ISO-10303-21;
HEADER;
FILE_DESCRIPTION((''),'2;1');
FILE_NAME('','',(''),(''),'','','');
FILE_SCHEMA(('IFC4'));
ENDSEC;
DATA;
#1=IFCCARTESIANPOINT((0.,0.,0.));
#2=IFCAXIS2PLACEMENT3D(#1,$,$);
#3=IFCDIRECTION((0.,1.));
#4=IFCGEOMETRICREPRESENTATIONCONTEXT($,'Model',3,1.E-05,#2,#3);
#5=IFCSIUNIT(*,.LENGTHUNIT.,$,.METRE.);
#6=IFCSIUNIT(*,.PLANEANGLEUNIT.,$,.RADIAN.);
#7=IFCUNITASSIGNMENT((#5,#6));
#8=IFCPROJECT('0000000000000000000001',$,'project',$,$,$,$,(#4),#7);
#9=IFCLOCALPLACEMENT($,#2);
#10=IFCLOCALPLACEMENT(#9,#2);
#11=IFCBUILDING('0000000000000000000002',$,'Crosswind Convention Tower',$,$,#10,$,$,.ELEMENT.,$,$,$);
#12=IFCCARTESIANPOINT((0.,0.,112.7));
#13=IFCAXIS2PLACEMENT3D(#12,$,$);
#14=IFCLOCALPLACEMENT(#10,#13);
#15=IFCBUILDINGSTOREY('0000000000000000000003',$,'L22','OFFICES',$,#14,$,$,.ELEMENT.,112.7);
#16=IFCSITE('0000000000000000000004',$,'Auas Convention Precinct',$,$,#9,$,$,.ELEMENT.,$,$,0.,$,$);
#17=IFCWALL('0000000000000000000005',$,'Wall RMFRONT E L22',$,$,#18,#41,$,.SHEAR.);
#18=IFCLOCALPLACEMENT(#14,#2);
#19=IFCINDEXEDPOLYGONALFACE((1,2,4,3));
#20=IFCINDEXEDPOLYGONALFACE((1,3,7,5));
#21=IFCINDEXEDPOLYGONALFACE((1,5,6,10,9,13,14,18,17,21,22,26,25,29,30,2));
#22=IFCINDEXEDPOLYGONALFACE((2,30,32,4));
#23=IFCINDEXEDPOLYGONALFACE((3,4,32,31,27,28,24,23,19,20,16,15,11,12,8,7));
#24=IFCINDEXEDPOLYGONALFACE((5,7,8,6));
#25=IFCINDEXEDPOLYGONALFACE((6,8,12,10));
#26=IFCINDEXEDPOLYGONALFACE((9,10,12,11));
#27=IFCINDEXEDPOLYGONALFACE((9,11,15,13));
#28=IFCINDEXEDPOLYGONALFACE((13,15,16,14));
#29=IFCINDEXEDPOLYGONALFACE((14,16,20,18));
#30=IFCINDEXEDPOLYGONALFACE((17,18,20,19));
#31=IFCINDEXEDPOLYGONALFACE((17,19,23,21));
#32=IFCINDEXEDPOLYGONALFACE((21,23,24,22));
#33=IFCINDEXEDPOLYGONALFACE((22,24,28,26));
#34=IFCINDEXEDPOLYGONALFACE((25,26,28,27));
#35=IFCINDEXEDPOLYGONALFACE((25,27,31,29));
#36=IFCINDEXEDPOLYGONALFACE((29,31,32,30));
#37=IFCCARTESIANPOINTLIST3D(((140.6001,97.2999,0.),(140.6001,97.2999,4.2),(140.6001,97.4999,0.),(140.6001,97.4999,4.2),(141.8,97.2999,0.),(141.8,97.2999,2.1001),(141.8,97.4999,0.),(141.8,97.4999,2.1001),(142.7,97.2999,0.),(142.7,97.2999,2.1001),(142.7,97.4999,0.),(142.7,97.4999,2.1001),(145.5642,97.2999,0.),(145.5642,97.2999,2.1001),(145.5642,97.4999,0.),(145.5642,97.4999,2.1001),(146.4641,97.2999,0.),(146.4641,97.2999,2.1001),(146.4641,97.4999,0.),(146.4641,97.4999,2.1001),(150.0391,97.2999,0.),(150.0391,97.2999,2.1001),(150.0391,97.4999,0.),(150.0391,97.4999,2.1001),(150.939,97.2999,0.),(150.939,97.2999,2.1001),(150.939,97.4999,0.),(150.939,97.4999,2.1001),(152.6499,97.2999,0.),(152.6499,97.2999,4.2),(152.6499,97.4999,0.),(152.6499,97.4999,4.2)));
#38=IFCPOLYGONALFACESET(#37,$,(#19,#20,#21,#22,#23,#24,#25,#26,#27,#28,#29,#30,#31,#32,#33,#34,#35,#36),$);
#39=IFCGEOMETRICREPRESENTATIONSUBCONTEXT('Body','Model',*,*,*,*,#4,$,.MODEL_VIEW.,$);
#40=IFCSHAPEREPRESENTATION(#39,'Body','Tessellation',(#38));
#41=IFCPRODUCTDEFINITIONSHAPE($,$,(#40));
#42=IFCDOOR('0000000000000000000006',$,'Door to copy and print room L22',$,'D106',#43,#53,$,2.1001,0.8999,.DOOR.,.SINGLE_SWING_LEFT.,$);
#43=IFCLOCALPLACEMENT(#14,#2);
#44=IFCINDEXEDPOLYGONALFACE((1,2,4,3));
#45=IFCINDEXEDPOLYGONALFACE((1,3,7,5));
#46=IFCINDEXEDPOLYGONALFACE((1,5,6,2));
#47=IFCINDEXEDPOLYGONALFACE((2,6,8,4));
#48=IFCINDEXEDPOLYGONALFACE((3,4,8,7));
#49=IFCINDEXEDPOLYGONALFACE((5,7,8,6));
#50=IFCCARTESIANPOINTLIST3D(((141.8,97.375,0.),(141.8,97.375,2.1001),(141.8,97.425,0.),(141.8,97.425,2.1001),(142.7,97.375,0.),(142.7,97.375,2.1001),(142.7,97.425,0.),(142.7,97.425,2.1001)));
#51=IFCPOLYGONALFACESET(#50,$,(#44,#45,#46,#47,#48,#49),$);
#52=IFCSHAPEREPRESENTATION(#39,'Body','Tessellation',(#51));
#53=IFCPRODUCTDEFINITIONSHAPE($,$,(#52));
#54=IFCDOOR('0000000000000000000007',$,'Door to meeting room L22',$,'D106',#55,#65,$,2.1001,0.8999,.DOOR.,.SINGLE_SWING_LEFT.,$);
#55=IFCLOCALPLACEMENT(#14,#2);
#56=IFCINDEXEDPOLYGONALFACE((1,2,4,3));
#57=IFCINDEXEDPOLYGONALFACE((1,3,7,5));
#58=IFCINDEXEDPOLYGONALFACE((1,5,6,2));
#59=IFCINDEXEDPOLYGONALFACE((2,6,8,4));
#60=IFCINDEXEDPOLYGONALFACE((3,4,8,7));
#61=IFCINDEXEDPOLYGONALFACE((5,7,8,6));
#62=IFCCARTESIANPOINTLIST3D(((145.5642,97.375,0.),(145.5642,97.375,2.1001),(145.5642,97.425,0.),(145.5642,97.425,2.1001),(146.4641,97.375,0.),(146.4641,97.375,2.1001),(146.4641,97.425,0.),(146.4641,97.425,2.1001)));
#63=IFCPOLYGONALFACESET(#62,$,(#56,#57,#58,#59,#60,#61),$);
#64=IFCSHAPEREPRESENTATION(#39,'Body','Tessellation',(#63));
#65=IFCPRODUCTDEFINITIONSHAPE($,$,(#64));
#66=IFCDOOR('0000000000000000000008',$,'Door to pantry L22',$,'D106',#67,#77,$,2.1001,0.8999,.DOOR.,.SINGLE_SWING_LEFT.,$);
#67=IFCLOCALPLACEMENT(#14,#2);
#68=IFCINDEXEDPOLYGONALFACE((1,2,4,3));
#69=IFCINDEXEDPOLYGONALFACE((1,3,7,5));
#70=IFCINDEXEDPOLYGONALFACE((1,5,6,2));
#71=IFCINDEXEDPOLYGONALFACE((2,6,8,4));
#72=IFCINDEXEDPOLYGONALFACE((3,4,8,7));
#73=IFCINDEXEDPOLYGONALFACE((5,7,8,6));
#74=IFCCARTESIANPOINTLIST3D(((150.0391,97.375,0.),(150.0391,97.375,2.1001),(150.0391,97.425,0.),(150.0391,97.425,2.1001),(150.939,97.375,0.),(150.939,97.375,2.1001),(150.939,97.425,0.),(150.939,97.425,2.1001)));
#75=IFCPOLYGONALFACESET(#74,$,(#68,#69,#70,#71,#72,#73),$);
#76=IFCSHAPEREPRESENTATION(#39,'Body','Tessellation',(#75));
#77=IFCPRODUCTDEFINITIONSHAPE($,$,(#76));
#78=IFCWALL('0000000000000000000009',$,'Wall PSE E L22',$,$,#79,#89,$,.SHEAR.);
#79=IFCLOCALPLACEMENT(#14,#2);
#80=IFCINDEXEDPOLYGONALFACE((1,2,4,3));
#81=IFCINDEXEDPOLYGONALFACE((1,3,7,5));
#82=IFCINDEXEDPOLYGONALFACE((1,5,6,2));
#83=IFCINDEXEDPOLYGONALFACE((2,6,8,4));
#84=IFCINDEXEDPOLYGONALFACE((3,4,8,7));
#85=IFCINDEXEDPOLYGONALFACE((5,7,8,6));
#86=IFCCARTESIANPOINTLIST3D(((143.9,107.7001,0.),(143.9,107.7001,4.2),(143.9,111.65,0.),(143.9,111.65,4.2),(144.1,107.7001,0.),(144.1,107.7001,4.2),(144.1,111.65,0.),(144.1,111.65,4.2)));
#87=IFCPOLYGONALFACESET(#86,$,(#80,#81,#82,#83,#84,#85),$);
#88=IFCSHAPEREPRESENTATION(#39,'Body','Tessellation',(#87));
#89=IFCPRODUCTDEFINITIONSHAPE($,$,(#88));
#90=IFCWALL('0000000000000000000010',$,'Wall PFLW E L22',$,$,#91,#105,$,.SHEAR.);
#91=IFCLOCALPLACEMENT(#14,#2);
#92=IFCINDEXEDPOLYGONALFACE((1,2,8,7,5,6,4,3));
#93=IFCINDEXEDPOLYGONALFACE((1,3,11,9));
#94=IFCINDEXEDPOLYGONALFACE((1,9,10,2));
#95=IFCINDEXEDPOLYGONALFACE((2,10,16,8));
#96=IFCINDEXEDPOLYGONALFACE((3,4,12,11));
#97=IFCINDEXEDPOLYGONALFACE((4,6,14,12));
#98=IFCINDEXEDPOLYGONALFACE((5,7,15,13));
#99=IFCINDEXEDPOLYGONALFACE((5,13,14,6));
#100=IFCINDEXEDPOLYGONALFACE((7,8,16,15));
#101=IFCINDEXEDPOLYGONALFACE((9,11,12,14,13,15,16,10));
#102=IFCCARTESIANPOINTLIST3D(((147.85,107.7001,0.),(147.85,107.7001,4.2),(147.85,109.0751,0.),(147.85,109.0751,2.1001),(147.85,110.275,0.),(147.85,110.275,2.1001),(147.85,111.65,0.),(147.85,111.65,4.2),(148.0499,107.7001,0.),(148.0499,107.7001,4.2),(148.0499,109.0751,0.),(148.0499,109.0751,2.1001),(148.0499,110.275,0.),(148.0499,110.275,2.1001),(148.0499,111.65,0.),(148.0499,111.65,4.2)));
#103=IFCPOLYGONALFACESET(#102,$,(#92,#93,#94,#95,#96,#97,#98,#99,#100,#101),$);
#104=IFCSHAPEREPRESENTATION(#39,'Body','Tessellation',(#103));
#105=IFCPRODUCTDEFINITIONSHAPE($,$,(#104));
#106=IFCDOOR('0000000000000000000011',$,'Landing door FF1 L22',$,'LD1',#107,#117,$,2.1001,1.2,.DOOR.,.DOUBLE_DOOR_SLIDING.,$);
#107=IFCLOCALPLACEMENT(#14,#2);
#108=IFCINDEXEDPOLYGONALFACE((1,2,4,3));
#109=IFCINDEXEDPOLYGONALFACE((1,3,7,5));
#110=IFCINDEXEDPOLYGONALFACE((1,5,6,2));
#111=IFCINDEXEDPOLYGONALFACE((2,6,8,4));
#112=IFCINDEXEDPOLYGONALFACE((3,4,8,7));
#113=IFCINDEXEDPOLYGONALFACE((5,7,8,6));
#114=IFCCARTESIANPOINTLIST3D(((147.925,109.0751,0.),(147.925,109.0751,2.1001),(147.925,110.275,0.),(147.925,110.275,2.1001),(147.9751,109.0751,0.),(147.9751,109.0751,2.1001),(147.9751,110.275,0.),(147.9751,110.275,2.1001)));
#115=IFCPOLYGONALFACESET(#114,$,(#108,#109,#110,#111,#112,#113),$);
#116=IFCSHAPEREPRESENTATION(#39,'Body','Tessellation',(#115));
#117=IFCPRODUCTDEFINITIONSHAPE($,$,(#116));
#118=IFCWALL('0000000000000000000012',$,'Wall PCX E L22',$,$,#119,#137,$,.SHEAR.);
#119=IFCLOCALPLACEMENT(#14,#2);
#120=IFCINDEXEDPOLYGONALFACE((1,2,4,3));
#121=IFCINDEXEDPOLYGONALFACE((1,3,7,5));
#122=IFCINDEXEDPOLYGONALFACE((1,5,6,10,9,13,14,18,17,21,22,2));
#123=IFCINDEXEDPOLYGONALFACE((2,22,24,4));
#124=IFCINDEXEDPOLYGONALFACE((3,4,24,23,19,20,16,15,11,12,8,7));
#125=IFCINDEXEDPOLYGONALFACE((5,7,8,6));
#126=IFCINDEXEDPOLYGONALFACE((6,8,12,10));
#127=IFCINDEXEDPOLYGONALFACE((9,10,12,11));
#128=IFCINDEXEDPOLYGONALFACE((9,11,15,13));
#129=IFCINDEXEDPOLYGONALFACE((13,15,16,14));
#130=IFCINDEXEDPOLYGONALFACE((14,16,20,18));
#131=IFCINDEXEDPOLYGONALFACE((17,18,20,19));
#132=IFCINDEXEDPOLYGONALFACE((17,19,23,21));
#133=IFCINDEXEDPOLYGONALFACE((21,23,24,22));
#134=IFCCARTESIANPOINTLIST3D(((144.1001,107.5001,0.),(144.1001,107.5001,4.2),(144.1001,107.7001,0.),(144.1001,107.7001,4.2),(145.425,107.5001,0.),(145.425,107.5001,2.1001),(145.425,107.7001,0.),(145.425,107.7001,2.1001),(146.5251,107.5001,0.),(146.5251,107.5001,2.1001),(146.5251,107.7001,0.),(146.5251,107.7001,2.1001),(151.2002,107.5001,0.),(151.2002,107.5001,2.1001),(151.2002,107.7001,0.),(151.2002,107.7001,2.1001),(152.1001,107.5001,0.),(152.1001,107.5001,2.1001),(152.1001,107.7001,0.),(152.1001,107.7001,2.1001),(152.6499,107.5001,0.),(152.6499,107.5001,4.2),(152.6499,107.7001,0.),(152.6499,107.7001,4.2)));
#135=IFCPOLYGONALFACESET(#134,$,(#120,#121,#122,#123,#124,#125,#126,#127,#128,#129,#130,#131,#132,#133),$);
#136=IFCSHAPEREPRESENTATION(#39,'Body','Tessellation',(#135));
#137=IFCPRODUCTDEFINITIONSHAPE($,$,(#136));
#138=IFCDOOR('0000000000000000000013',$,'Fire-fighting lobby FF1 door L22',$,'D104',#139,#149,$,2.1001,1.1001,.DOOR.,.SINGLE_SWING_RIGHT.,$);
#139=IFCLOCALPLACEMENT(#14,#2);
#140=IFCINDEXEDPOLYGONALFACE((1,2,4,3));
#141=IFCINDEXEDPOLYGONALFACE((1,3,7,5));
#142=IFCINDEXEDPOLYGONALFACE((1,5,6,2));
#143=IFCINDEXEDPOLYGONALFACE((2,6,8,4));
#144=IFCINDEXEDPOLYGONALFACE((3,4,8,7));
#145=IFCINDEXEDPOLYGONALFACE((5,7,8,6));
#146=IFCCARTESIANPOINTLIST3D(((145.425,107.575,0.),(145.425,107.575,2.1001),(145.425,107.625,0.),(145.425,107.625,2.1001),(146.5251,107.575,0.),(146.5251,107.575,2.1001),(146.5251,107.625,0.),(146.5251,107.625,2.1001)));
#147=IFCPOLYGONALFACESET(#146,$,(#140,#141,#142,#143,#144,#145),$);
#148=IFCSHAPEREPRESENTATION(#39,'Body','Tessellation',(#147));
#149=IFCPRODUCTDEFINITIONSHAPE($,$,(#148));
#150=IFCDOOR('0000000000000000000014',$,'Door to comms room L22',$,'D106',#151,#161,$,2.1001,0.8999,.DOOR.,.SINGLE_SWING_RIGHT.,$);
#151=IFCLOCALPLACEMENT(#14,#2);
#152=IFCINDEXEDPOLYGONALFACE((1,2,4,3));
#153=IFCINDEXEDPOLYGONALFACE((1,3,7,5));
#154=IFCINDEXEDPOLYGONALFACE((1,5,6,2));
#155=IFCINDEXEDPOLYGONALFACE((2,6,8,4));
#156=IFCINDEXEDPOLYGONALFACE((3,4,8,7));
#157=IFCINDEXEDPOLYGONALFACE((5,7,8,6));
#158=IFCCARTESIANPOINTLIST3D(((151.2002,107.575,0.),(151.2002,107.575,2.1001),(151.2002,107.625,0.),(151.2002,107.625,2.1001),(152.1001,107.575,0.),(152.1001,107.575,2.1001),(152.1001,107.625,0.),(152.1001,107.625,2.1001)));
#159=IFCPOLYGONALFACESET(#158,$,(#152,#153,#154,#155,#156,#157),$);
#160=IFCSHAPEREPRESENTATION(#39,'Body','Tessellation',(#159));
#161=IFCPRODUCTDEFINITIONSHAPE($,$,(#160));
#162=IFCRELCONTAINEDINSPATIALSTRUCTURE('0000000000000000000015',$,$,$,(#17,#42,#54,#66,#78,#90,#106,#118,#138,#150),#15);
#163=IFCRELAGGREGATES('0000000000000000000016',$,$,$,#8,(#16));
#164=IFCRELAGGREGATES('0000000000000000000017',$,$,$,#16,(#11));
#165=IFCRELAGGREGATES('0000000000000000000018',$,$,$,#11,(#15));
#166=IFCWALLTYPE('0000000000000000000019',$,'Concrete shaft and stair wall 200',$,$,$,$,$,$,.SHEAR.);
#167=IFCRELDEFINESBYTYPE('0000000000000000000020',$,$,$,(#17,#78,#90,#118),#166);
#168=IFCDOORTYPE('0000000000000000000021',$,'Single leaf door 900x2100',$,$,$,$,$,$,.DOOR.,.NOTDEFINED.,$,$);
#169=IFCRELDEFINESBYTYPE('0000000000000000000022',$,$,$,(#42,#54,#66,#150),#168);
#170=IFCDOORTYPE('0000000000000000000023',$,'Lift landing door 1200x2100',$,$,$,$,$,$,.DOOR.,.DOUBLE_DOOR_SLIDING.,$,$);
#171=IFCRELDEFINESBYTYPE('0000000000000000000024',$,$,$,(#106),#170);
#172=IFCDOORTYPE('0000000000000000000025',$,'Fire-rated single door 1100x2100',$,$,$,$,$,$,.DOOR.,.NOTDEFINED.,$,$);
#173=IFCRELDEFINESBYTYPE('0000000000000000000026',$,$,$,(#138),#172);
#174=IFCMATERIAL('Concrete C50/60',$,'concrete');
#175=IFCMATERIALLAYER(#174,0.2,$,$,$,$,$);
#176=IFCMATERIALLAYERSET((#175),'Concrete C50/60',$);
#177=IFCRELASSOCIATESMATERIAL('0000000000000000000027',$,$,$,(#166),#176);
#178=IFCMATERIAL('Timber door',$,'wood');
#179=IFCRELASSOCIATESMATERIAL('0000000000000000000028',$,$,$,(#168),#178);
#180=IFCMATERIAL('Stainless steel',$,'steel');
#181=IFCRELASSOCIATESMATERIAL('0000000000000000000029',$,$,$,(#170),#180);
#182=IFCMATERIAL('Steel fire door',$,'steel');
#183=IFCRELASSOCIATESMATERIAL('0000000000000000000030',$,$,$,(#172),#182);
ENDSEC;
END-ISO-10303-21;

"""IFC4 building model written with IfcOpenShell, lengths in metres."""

from ifc_helpers import new_model, si_unit, direction, frame, frame_2d, origin, place, context, subcontext, project, spatial, rectangle, extrude, material, layer, layer_set, type_object, element, fill, save


model = new_model("IFC4")

# Units and contexts
model_context = context("Model", 3, precision=1e-05, world=origin(), true_north=direction((0.0, 1.0)))
body_context = subcontext(model_context, "Body", "Model", "MODEL_VIEW")
ifc_project = project(units=[si_unit("LENGTHUNIT", "METRE"), si_unit("PLANEANGLEUNIT", "RADIAN")], contexts=[model_context])

# Site, building, storey
site_placement = place(None, origin())
site = spatial("IfcSite", under=ifc_project, at=site_placement, Name="Auas Convention Precinct", CompositionType="ELEMENT", RefElevation=0.0)
building_placement = place(site_placement, origin())
building = spatial("IfcBuilding", under=site, at=building_placement, Name="Crosswind Convention Tower", CompositionType="ELEMENT")
storey_placement = place(building_placement, frame((0.0, 0.0, 112.7)))
storey = spatial("IfcBuildingStorey", under=building, at=storey_placement, Name="L22", Description="OFFICES", CompositionType="ELEMENT", Elevation=112.7)

# Shared definitions
ifc_material_1 = material(Name="Concrete C50/60", Category="concrete")
ifc_layer = layer(ifc_material_1, 0.2)
ifc_layer_set = layer_set([ifc_layer], Name="Concrete C50/60")
wall_type = type_object("IfcWallType", Name="Concrete shaft and stair wall 200", PredefinedType="SHEAR", material=ifc_layer_set)

# Wall, openings, doors
ifc_material_2 = material(Name="Stainless steel", Category="steel")
wall_1_placement = place(storey_placement, frame((140.6001, 97.3999, 0.0), z_axis=(0.0, 0.0, 1.0), x_axis=(1.0, 0.0, 0.0)))
wall_1 = element("IfcWall", 1, at=wall_1_placement, inside=storey, type_object=wall_type, Name="Wall RMFRONT E L22", PredefinedType="SHEAR", context=body_context, shape_type="SweptSolid", body=[
    extrude(rectangle(XDim=12.0498, YDim=0.2, at=frame_2d((6.0249, 0.0))), origin(), (0.0, 0.0, 1.0), 4.2),
])
opening_1_placement = place(wall_1_placement, frame((1.2, 0.0, 0.0)))
opening_1 = element("IfcOpeningElement", 2, at=opening_1_placement, cuts=wall_1, PredefinedType="OPENING", context=body_context, shape_type="SweptSolid", body=[
    extrude(rectangle(XDim=0.8999, YDim=2.1001, at=frame_2d((0.45, 1.05))), frame((0.0, 0.1099, 0.0), z_axis=(0.0, -1.0, 0.0), x_axis=(1.0, 0.0, 0.0)), (0.0, 0.0, 1.0), 0.22),
])
opening_2_placement = place(wall_1_placement, frame((4.9641, 0.0, 0.0)))
opening_2 = element("IfcOpeningElement", 3, at=opening_2_placement, cuts=wall_1, PredefinedType="OPENING", context=body_context, shape_type="SweptSolid", body=[
    extrude(rectangle(XDim=0.8999, YDim=2.1001, at=frame_2d((0.45, 1.05))), frame((0.0, 0.1099, 0.0), z_axis=(0.0, -1.0, 0.0), x_axis=(1.0, 0.0, 0.0)), (0.0, 0.0, 1.0), 0.22),
])
opening_3_placement = place(wall_1_placement, frame((9.439, 0.0, 0.0)))
opening_3 = element("IfcOpeningElement", 4, at=opening_3_placement, cuts=wall_1, PredefinedType="OPENING", context=body_context, shape_type="SweptSolid", body=[
    extrude(rectangle(XDim=0.8999, YDim=2.1001, at=frame_2d((0.45, 1.05))), frame((0.0, 0.1099, 0.0), z_axis=(0.0, -1.0, 0.0), x_axis=(1.0, 0.0, 0.0)), (0.0, 0.0, 1.0), 0.22),
])
ifc_material_3 = material(Name="Timber door", Category="wood")
door_type_1 = type_object("IfcDoorType", Name="Single leaf door 900x2100", OperationType="NOTDEFINED", PredefinedType="DOOR", material=ifc_material_3)
door_1_placement = place(opening_1_placement, frame((0.8999, 0.0, 0.0), z_axis=(0.0, 0.0, 1.0), x_axis=(-1.0, 0.0, 0.0)))
door_1 = element("IfcDoor", 5, at=door_1_placement, inside=storey, type_object=door_type_1, Name="Door to copy and print room L22", ObjectType="D106", OperationType="SINGLE_SWING_LEFT", OverallHeight=2.1001, OverallWidth=0.8999, PredefinedType="DOOR", context=body_context, shape_type="SweptSolid", body=[
    extrude(rectangle(XDim=0.8999, YDim=2.1001, at=frame_2d((0.45, 1.05))), frame((0.0, 0.0249, 0.0), z_axis=(0.0, -1.0, 0.0), x_axis=(1.0, 0.0, 0.0)), (0.0, 0.0, 1.0), 0.05),
])
fill(opening_1, door_1)
door_2_placement = place(opening_2_placement, frame((0.8999, 0.0, 0.0), z_axis=(0.0, 0.0, 1.0), x_axis=(-1.0, 0.0, 0.0)))
door_2 = element("IfcDoor", 6, at=door_2_placement, inside=storey, type_object=door_type_1, Name="Door to meeting room L22", ObjectType="D106", OperationType="SINGLE_SWING_LEFT", OverallHeight=2.1001, OverallWidth=0.8999, PredefinedType="DOOR", context=body_context, shape_type="SweptSolid", body=[
    extrude(rectangle(XDim=0.8999, YDim=2.1001, at=frame_2d((0.45, 1.05))), frame((0.0, 0.0249, 0.0), z_axis=(0.0, -1.0, 0.0), x_axis=(1.0, 0.0, 0.0)), (0.0, 0.0, 1.0), 0.05),
])
fill(opening_2, door_2)
door_3_placement = place(opening_3_placement, frame((0.8999, 0.0, 0.0), z_axis=(0.0, 0.0, 1.0), x_axis=(-1.0, 0.0, 0.0)))
door_3 = element("IfcDoor", 7, at=door_3_placement, inside=storey, type_object=door_type_1, Name="Door to pantry L22", ObjectType="D106", OperationType="SINGLE_SWING_LEFT", OverallHeight=2.1001, OverallWidth=0.8999, PredefinedType="DOOR", context=body_context, shape_type="SweptSolid", body=[
    extrude(rectangle(XDim=0.8999, YDim=2.1001, at=frame_2d((0.45, 1.05))), frame((0.0, 0.0249, 0.0), z_axis=(0.0, -1.0, 0.0), x_axis=(1.0, 0.0, 0.0)), (0.0, 0.0, 1.0), 0.05),
])
fill(opening_3, door_3)

# Wall
wall_2_placement = place(storey_placement, frame((144.0, 107.7, 0.0), z_axis=(0.0, 0.0, 1.0), x_axis=(0.0, 1.0, 0.0)))
element("IfcWall", 8, at=wall_2_placement, inside=storey, type_object=wall_type, Name="Wall PSE E L22", PredefinedType="SHEAR", context=body_context, shape_type="SweptSolid", body=[
    extrude(rectangle(XDim=3.95, YDim=0.2, at=frame_2d((1.9751, 0.0))), origin(), (0.0, 0.0, 1.0), 4.2),
])

# Wall, opening, door
wall_3_placement = place(storey_placement, frame((147.95, 107.7, 0.0), z_axis=(0.0, 0.0, 1.0), x_axis=(0.0, 1.0, 0.0)))
wall_3 = element("IfcWall", 9, at=wall_3_placement, inside=storey, type_object=wall_type, Name="Wall PFLW E L22", PredefinedType="SHEAR", context=body_context, shape_type="SweptSolid", body=[
    extrude(rectangle(XDim=3.95, YDim=0.2, at=frame_2d((1.9751, 0.0))), origin(), (0.0, 0.0, 1.0), 4.2),
])
opening_4_placement = place(wall_3_placement, frame((1.375, 0.0, 0.0)))
opening_4 = element("IfcOpeningElement", 10, at=opening_4_placement, cuts=wall_3, PredefinedType="OPENING", context=body_context, shape_type="SweptSolid", body=[
    extrude(rectangle(XDim=1.2, YDim=2.1001, at=frame_2d((0.6001, 1.05))), frame((0.0, 0.1099, 0.0), z_axis=(0.0, -1.0, 0.0), x_axis=(1.0, 0.0, 0.0)), (0.0, 0.0, 1.0), 0.22),
])
door_type_2 = type_object("IfcDoorType", Name="Lift landing door 1200x2100", OperationType="DOUBLE_DOOR_SLIDING", PredefinedType="DOOR", material=ifc_material_2)
door_4_placement = place(opening_4_placement, origin())
door_4 = element("IfcDoor", 11, at=door_4_placement, inside=storey, type_object=door_type_2, Name="Landing door FF1 L22", ObjectType="LD1", OperationType="DOUBLE_DOOR_SLIDING", OverallHeight=2.1001, OverallWidth=1.2, PredefinedType="DOOR", context=body_context, shape_type="SweptSolid", body=[
    extrude(rectangle(XDim=1.2, YDim=2.1001, at=frame_2d((0.6001, 1.05))), frame((0.0, 0.0249, 0.0), z_axis=(0.0, -1.0, 0.0), x_axis=(1.0, 0.0, 0.0)), (0.0, 0.0, 1.0), 0.05),
])
fill(opening_4, door_4)

# Wall, openings, doors
wall_4_placement = place(storey_placement, frame((144.1001, 107.6001, 0.0), z_axis=(0.0, 0.0, 1.0), x_axis=(1.0, 0.0, 0.0)))
wall_4 = element("IfcWall", 12, at=wall_4_placement, inside=storey, type_object=wall_type, Name="Wall PCX E L22", PredefinedType="SHEAR", context=body_context, shape_type="SweptSolid", body=[
    extrude(rectangle(XDim=8.5498, YDim=0.2, at=frame_2d((4.2749, 0.0))), origin(), (0.0, 0.0, 1.0), 4.2),
])
opening_5_placement = place(wall_4_placement, frame((1.325, 0.0, 0.0)))
opening_5 = element("IfcOpeningElement", 13, at=opening_5_placement, cuts=wall_4, PredefinedType="OPENING", context=body_context, shape_type="SweptSolid", body=[
    extrude(rectangle(XDim=1.1001, YDim=2.1001, at=frame_2d((0.55, 1.05))), frame((0.0, 0.1099, 0.0), z_axis=(0.0, -1.0, 0.0), x_axis=(1.0, 0.0, 0.0)), (0.0, 0.0, 1.0), 0.22),
])
opening_6_placement = place(wall_4_placement, frame((7.1001, 0.0, 0.0)))
opening_6 = element("IfcOpeningElement", 14, at=opening_6_placement, cuts=wall_4, PredefinedType="OPENING", context=body_context, shape_type="SweptSolid", body=[
    extrude(rectangle(XDim=0.8999, YDim=2.1001, at=frame_2d((0.45, 1.05))), frame((0.0, 0.1099, 0.0), z_axis=(0.0, -1.0, 0.0), x_axis=(1.0, 0.0, 0.0)), (0.0, 0.0, 1.0), 0.22),
])
ifc_material_4 = material(Name="Steel fire door", Category="steel")
door_type_3 = type_object("IfcDoorType", Name="Fire-rated single door 1100x2100", OperationType="NOTDEFINED", PredefinedType="DOOR", material=ifc_material_4)
door_5_placement = place(opening_5_placement, origin())
door_5 = element("IfcDoor", 15, at=door_5_placement, inside=storey, type_object=door_type_3, Name="Fire-fighting lobby FF1 door L22", ObjectType="D104", OperationType="SINGLE_SWING_RIGHT", OverallHeight=2.1001, OverallWidth=1.1001, PredefinedType="DOOR", context=body_context, shape_type="SweptSolid", body=[
    extrude(rectangle(XDim=1.1001, YDim=2.1001, at=frame_2d((0.55, 1.05))), frame((0.0, 0.0249, 0.0), z_axis=(0.0, -1.0, 0.0), x_axis=(1.0, 0.0, 0.0)), (0.0, 0.0, 1.0), 0.05),
])
fill(opening_5, door_5)
door_6_placement = place(opening_6_placement, origin())
door_6 = element("IfcDoor", 16, at=door_6_placement, inside=storey, type_object=door_type_1, Name="Door to comms room L22", ObjectType="D106", OperationType="SINGLE_SWING_RIGHT", OverallHeight=2.1001, OverallWidth=0.8999, PredefinedType="DOOR", context=body_context, shape_type="SweptSolid", body=[
    extrude(rectangle(XDim=0.8999, YDim=2.1001, at=frame_2d((0.45, 1.05))), frame((0.0, 0.0249, 0.0), z_axis=(0.0, -1.0, 0.0), x_axis=(1.0, 0.0, 0.0)), (0.0, 0.0, 1.0), 0.05),
])
fill(opening_6, door_6)

save(model, "model.ifc")
